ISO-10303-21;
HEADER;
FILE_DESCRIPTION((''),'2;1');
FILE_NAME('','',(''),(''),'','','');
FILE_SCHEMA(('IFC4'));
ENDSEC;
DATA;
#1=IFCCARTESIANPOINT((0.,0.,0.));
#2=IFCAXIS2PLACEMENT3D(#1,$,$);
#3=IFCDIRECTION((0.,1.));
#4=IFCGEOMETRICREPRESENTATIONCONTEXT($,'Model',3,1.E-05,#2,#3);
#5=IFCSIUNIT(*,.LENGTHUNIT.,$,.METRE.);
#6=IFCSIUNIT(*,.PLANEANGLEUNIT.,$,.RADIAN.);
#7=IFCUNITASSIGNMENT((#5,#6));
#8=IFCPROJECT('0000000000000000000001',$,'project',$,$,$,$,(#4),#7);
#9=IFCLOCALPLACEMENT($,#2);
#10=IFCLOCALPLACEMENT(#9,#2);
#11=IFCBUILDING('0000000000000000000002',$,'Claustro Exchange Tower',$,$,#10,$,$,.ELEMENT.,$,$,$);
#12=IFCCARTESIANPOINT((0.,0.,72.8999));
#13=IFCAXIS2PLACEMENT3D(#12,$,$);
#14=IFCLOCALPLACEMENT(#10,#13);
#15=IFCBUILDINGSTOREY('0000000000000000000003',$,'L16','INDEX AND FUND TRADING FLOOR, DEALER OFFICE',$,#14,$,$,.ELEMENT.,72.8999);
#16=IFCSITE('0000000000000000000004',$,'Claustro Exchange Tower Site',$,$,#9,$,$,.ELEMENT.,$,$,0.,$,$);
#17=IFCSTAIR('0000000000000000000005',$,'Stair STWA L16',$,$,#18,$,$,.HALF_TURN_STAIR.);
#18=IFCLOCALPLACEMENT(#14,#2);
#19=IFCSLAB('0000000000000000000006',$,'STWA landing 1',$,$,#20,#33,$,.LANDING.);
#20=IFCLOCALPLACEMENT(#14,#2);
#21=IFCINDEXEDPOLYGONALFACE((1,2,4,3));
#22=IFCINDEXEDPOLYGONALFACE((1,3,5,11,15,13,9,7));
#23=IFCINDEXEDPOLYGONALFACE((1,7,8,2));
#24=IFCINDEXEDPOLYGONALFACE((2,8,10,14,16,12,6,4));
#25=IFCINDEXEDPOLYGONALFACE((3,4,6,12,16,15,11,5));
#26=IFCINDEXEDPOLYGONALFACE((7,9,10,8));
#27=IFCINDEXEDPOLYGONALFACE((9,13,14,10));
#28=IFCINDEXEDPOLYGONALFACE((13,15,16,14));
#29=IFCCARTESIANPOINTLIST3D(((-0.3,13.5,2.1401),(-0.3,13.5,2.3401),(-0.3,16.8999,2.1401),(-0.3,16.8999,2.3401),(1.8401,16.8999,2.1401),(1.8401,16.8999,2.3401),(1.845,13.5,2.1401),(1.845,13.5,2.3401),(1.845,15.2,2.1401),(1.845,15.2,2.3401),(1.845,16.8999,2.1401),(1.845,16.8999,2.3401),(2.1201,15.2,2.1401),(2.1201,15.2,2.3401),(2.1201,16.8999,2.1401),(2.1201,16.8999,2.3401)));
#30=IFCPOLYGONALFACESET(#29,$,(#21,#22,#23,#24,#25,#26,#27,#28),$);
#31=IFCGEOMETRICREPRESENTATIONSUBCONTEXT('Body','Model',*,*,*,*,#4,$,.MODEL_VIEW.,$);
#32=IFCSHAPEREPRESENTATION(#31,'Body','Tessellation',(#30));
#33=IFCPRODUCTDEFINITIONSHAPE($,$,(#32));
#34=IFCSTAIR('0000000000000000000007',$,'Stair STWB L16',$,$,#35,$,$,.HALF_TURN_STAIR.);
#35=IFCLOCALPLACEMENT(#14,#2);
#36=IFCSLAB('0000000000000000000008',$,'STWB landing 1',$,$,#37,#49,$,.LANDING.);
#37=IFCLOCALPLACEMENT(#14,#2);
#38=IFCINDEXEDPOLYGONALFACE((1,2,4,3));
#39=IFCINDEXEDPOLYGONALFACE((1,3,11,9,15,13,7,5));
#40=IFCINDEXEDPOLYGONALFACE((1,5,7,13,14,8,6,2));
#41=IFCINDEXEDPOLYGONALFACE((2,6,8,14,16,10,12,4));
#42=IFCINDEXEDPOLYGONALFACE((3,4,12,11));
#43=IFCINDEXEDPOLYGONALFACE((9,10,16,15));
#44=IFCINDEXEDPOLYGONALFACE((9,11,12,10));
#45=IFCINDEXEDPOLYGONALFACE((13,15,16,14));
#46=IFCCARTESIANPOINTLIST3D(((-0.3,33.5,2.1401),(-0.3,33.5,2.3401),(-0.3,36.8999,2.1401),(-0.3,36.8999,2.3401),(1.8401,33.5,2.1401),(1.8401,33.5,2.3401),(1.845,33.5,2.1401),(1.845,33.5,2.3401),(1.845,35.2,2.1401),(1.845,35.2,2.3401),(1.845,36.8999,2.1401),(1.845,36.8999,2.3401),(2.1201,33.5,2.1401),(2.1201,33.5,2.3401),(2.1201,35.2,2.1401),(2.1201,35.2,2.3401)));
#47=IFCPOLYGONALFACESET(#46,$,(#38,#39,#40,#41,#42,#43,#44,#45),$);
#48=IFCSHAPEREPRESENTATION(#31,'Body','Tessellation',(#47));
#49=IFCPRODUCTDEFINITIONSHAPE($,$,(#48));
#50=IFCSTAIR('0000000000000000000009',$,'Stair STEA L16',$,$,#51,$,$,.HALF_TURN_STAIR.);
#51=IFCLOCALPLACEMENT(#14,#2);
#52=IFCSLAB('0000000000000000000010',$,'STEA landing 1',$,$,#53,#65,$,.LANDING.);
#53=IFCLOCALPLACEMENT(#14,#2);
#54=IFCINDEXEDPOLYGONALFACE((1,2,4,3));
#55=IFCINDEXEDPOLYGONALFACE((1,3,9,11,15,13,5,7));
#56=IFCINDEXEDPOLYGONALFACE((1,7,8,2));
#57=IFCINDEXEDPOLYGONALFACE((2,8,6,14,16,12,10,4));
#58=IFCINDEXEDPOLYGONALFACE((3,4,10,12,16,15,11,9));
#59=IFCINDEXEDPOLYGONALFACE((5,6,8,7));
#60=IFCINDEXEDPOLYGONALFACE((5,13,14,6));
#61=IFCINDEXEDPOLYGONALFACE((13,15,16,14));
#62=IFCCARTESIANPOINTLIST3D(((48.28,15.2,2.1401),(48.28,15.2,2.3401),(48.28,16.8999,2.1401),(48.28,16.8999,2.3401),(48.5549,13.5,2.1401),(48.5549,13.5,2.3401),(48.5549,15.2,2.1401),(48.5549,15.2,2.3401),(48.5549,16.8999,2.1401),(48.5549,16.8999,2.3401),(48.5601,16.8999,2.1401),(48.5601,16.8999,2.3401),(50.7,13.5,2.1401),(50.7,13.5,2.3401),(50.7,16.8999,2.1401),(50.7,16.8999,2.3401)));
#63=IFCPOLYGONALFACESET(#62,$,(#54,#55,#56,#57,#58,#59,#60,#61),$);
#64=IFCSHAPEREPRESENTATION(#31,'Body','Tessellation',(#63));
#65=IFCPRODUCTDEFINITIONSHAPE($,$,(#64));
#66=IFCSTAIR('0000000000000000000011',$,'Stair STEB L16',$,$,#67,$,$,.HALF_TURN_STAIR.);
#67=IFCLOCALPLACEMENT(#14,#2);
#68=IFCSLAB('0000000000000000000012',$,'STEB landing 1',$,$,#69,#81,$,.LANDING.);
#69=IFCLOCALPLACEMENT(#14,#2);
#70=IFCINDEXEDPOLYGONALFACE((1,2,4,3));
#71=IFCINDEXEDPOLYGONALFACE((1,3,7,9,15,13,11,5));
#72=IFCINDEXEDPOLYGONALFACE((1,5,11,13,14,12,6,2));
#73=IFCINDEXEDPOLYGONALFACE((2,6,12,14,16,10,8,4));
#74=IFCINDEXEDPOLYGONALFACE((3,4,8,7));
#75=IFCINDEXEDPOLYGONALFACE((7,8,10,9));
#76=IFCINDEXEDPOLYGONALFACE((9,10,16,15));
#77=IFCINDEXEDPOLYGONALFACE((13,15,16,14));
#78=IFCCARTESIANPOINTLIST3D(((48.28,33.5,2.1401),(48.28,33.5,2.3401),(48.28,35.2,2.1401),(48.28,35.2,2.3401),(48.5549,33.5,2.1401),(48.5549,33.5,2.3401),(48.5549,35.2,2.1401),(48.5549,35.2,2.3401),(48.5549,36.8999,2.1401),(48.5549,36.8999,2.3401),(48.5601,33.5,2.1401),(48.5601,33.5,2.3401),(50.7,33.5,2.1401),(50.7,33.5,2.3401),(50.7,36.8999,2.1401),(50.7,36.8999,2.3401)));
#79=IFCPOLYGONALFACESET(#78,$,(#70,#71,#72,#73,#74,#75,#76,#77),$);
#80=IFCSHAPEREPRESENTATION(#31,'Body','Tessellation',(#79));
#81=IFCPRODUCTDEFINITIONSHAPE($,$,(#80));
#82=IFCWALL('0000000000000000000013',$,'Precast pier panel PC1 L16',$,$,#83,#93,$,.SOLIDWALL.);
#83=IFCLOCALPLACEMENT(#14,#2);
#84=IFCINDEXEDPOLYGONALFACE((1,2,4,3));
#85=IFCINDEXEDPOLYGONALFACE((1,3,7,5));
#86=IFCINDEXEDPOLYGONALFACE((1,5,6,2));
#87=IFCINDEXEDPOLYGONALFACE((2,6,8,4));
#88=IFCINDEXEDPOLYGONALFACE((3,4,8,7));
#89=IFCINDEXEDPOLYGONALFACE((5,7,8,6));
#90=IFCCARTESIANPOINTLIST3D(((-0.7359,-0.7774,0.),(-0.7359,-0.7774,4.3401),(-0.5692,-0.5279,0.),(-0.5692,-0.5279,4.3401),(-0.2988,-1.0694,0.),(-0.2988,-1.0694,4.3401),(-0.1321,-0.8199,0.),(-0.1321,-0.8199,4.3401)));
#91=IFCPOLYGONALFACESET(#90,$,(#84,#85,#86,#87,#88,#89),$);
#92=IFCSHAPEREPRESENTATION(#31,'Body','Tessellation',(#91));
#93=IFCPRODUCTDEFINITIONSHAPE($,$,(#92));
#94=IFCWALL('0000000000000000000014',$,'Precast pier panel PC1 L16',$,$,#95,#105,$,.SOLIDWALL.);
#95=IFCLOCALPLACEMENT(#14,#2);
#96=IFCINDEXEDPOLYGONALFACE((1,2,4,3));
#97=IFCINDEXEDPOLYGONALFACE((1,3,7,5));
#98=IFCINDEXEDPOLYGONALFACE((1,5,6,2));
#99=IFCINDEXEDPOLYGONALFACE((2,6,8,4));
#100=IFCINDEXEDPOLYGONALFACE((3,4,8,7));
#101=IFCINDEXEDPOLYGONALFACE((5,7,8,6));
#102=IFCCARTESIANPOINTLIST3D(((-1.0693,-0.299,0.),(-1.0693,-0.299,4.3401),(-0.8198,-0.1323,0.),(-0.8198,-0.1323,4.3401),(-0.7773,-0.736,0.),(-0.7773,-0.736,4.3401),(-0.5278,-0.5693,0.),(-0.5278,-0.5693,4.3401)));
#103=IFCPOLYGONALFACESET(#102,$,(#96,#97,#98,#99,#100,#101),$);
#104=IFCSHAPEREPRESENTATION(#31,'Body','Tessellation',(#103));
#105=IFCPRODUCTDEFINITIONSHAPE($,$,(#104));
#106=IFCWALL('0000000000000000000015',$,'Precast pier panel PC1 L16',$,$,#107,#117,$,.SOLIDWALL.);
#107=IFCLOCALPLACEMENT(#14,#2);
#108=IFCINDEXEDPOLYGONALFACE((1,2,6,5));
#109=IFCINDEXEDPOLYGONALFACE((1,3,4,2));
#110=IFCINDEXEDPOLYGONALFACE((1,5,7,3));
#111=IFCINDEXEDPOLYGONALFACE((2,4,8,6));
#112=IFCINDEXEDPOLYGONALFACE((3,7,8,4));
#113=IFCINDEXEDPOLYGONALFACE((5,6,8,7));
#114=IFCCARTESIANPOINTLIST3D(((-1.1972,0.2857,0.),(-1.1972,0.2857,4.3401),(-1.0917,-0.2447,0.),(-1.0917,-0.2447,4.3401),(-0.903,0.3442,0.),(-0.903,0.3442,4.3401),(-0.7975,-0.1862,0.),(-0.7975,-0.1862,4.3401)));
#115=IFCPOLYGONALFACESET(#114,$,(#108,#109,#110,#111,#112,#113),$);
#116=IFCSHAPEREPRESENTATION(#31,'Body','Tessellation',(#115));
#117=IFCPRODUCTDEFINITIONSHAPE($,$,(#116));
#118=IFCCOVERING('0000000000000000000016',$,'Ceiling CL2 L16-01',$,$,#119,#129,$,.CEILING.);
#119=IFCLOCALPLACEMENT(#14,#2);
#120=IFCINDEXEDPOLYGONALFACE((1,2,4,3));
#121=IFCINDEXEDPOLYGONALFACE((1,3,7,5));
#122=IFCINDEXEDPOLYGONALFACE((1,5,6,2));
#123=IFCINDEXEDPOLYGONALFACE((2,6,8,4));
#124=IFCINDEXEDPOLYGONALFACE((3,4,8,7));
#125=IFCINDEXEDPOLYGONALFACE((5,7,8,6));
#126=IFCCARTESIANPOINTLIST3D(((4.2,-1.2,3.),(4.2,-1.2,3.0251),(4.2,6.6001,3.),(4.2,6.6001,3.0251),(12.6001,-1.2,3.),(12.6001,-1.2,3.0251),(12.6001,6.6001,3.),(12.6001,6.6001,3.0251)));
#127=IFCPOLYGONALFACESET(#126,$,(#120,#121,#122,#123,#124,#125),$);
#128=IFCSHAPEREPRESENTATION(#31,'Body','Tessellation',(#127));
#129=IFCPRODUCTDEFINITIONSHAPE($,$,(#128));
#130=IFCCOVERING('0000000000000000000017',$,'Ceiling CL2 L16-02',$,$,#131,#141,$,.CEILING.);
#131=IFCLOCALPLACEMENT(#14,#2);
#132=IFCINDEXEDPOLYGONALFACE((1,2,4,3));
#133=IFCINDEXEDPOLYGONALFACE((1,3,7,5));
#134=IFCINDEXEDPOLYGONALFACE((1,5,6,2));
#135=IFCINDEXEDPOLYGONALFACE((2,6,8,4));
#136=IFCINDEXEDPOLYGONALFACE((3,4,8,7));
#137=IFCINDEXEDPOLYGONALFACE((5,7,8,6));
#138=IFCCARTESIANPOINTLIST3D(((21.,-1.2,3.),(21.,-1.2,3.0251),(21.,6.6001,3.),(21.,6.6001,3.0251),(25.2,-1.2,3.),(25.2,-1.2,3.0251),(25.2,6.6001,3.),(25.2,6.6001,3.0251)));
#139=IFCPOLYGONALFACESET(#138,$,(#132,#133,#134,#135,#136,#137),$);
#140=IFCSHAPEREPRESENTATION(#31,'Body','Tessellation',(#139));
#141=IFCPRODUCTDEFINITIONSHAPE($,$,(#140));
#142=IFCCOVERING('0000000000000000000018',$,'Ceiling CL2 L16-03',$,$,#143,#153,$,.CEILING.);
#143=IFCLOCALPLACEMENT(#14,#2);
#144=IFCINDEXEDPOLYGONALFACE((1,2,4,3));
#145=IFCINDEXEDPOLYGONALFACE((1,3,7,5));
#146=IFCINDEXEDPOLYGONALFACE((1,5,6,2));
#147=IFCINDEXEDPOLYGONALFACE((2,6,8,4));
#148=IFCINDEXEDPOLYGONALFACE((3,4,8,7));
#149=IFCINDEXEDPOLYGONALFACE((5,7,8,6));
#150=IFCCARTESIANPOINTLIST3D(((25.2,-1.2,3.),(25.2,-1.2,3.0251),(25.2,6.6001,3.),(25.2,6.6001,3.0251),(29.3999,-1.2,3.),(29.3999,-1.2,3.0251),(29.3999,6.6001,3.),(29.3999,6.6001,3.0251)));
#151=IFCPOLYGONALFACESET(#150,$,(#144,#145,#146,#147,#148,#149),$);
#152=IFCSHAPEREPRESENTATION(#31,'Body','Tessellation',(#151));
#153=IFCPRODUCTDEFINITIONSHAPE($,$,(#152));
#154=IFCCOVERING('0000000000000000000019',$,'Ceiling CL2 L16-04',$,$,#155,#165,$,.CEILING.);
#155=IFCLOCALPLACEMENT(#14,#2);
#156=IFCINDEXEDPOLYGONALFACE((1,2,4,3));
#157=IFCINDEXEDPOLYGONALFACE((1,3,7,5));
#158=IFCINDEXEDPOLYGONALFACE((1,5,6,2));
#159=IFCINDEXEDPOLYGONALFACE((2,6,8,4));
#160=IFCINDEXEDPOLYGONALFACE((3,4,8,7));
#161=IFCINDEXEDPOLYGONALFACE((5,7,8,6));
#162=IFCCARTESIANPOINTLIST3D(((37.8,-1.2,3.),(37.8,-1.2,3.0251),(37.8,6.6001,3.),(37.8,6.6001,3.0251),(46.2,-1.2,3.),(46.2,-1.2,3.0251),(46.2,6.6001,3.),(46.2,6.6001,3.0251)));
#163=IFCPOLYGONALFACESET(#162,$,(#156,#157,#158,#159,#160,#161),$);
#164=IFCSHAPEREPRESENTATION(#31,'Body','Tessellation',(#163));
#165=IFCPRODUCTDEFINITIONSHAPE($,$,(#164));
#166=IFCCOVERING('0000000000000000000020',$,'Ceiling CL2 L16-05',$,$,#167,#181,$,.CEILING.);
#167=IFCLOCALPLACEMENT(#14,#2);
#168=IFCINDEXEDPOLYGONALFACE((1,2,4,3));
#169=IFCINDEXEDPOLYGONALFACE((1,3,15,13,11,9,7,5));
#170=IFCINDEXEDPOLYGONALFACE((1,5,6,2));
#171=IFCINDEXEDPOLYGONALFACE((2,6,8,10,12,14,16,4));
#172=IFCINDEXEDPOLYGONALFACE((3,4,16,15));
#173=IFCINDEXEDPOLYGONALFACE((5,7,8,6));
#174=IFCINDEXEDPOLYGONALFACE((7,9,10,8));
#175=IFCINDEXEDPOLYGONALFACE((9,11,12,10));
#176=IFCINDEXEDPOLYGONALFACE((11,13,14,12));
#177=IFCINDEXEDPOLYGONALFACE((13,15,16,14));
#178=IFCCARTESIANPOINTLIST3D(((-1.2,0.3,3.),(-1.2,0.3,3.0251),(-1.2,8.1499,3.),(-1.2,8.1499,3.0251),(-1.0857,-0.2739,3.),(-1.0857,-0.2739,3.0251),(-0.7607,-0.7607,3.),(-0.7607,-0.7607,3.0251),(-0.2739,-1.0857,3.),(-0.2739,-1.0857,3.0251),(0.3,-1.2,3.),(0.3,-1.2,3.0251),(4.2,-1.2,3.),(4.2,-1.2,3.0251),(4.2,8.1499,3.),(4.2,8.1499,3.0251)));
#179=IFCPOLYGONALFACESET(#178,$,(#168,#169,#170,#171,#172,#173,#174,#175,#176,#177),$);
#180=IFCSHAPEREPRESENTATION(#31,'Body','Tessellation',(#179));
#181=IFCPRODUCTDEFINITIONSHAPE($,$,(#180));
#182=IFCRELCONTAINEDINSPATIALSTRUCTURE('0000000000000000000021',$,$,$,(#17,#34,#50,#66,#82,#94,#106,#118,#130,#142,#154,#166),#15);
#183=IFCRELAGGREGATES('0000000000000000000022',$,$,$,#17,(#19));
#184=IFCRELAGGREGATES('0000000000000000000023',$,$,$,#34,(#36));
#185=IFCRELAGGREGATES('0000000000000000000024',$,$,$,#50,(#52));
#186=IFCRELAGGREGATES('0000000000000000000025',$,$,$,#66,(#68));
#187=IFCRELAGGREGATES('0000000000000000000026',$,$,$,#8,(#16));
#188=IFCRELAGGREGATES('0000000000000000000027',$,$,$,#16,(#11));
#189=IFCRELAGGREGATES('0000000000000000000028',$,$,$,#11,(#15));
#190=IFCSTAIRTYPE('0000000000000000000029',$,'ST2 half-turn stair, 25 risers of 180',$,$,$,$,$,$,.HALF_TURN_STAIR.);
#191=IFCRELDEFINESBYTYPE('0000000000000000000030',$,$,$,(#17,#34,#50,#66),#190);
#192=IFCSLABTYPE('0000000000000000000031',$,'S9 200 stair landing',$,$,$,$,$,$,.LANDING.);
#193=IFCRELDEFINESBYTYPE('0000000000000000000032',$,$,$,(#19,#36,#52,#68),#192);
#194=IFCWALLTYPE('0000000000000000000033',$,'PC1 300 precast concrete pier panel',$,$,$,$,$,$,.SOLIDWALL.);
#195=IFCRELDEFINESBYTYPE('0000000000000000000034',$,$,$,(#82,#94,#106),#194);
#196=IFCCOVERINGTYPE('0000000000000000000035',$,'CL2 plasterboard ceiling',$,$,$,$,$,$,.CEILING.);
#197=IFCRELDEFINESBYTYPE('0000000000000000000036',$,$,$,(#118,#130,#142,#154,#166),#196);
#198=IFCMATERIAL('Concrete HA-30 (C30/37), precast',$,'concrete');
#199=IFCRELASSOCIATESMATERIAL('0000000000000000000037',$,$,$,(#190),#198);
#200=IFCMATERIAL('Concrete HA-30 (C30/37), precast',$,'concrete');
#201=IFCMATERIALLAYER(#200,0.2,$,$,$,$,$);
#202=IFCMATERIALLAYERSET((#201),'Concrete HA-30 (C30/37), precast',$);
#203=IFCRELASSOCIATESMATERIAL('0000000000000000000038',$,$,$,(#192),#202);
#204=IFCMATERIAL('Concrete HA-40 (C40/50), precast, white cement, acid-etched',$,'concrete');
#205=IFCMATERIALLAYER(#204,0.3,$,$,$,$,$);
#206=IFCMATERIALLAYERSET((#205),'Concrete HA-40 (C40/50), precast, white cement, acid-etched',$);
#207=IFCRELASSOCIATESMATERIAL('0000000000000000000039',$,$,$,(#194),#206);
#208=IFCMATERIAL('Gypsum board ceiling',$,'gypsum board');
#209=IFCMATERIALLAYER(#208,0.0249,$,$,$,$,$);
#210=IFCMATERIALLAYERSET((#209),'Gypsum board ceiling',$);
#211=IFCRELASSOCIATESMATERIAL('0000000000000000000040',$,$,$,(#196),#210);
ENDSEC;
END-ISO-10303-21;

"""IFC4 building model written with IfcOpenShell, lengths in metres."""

from ifc_helpers import new_model, si_unit, direction, frame, frame_2d, origin, place, context, subcontext, project, spatial, polyline, rectangle, outline, extrude, material, layer, layer_set, type_object, element, aggregate, save


model = new_model("IFC4")

# Units and contexts
model_context = context("Model", 3, precision=1e-05, world=origin(), true_north=direction((0.0, 1.0)))
body_context = subcontext(model_context, "Body", "Model", "MODEL_VIEW")
ifc_project = project(units=[si_unit("LENGTHUNIT", "METRE"), si_unit("PLANEANGLEUNIT", "RADIAN")], contexts=[model_context])

# Site, building, storey
site_placement = place(None, origin())
site = spatial("IfcSite", under=ifc_project, at=site_placement, Name="Claustro Exchange Tower Site", CompositionType="ELEMENT", RefElevation=0.0)
building_placement = place(site_placement, origin())
building = spatial("IfcBuilding", under=site, at=building_placement, Name="Claustro Exchange Tower", CompositionType="ELEMENT")
storey_placement = place(building_placement, frame((0.0, 0.0, 72.8999)))
storey = spatial("IfcBuildingStorey", under=building, at=storey_placement, Name="L16", Description="INDEX AND FUND TRADING FLOOR, DEALER OFFICE", CompositionType="ELEMENT", Elevation=72.8999)

# Stairs, slabs
ifc_material_1 = material(Name="Concrete HA-30 (C30/37), precast", Category="concrete")
stair_type = type_object("IfcStairType", Name="ST2 half-turn stair, 25 risers of 180", PredefinedType="HALF_TURN_STAIR", material=ifc_material_1)
stair_1_placement = place(storey_placement, origin())
stair_1 = element("IfcStair", 1, at=stair_1_placement, inside=storey, type_object=stair_type, Name="Stair STWA L16", PredefinedType="HALF_TURN_STAIR")
ifc_material_2 = material(Name="Concrete HA-30 (C30/37), precast", Category="concrete")
ifc_layer_1 = layer(ifc_material_2, 0.2)
ifc_layer_set_1 = layer_set([ifc_layer_1], Name="Concrete HA-30 (C30/37), precast")
slab_type_1 = type_object("IfcSlabType", Name="S9 200 stair landing", PredefinedType="LANDING", material=ifc_layer_set_1)
slab_1_placement = place(storey_placement, frame((0.0, 0.0, 2.1401)))
slab_1 = element("IfcSlab", 2, at=slab_1_placement, type_object=slab_type_1, Name="STWA landing 1", PredefinedType="LANDING", context=body_context, shape_type="SweptSolid", body=[
    extrude(outline(polyline([(1.845, 13.5), (-0.3, 13.5), (-0.3, 16.8999), (1.8401, 16.8999), (1.845, 16.8999), (2.1201, 16.8999), (2.1201, 15.2), (1.845, 15.2), (1.845, 13.5)])), origin(), (0.0, 0.0, 1.0), 0.2),
])
aggregate(stair_1, [slab_1])
stair_2_placement = place(storey_placement, origin())
stair_2 = element("IfcStair", 3, at=stair_2_placement, inside=storey, type_object=stair_type, Name="Stair STWB L16", PredefinedType="HALF_TURN_STAIR")
slab_2_placement = place(storey_placement, frame((0.0, 0.0, 2.1401)))
slab_2 = element("IfcSlab", 4, at=slab_2_placement, type_object=slab_type_1, Name="STWB landing 1", PredefinedType="LANDING", context=body_context, shape_type="SweptSolid", body=[
    extrude(outline(polyline([(2.1201, 35.2), (2.1201, 33.5), (1.845, 33.5), (1.8401, 33.5), (-0.3, 33.5), (-0.3, 36.8999), (1.845, 36.8999), (1.845, 35.2), (2.1201, 35.2)])), origin(), (0.0, 0.0, 1.0), 0.2),
])
aggregate(stair_2, [slab_2])
stair_3_placement = place(storey_placement, origin())
stair_3 = element("IfcStair", 5, at=stair_3_placement, inside=storey, type_object=stair_type, Name="Stair STEA L16", PredefinedType="HALF_TURN_STAIR")
slab_3_placement = place(storey_placement, frame((0.0, 0.0, 2.1401)))
slab_3 = element("IfcSlab", 6, at=slab_3_placement, type_object=slab_type_1, Name="STEA landing 1", PredefinedType="LANDING", context=body_context, shape_type="SweptSolid", body=[
    extrude(outline(polyline([(50.7, 16.8999), (50.7, 13.5), (48.5549, 13.5), (48.5549, 15.2), (48.28, 15.2), (48.28, 16.8999), (48.5549, 16.8999), (48.5601, 16.8999), (50.7, 16.8999)])), origin(), (0.0, 0.0, 1.0), 0.2),
])
aggregate(stair_3, [slab_3])
stair_4_placement = place(storey_placement, origin())
stair_4 = element("IfcStair", 7, at=stair_4_placement, inside=storey, type_object=stair_type, Name="Stair STEB L16", PredefinedType="HALF_TURN_STAIR")
slab_4_placement = place(storey_placement, frame((0.0, 0.0, 2.1401)))
slab_4 = element("IfcSlab", 8, at=slab_4_placement, type_object=slab_type_1, Name="STEB landing 1", PredefinedType="LANDING", context=body_context, shape_type="SweptSolid", body=[
    extrude(outline(polyline([(48.28, 33.5), (48.28, 35.2), (48.5549, 35.2), (48.5549, 36.8999), (50.7, 36.8999), (50.7, 33.5), (48.5601, 33.5), (48.5549, 33.5), (48.28, 33.5)])), origin(), (0.0, 0.0, 1.0), 0.2),
])
aggregate(stair_4, [slab_4])

# Walls
ifc_material_3 = material(Name="Concrete HA-40 (C40/50), precast, white cement, acid-etched", Category="concrete")
ifc_layer_2 = layer(ifc_material_3, 0.3)
ifc_layer_set_2 = layer_set([ifc_layer_2], Name="Concrete HA-40 (C40/50), precast, white cement, acid-etched")
wall_type = type_object("IfcWallType", Name="PC1 300 precast concrete pier panel", PredefinedType="SOLIDWALL", material=ifc_layer_set_2)
for number, where, z_axis, x_axis, name in (
    (9, (-0.2156, -0.9446, 0.0), (0.0, 0.0, 1.0), (-0.831478, 0.555557, 0.0), "Precast pier panel PC1 L16"),
    (10, (-0.6526, -0.6526, 0.0), (0.0, 0.0, 1.0), (-0.555557, 0.831478, 0.0), "Precast pier panel PC1 L16"),
):
    element("IfcWall", number, at=place(storey_placement, frame(where, z_axis=z_axis, x_axis=x_axis)), inside=storey, type_object=wall_type, Name=name, PredefinedType="SOLIDWALL", context=body_context, shape_type="SweptSolid", body=[
        extrude(rectangle(XDim=0.5256, YDim=0.3, at=frame_2d((0.2627, 0.0))), origin(), (0.0, 0.0, 1.0), 4.3401),
    ])
wall_placement = place(storey_placement, frame((-0.9446, -0.2156, 0.0), z_axis=(0.0, 0.0, 1.0), x_axis=(-0.195074, 0.980789, 0.0)))
element("IfcWall", 11, at=wall_placement, inside=storey, type_object=wall_type, Name="Precast pier panel PC1 L16", PredefinedType="SOLIDWALL", context=body_context, shape_type="SweptSolid", body=[
    extrude(rectangle(XDim=0.5408, YDim=0.3, at=frame_2d((0.2705, 0.0))), origin(), (0.0, 0.0, 1.0), 4.3401),
])

# Coverings
ifc_material_4 = material(Name="Gypsum board ceiling", Category="gypsum board")
ifc_layer_3 = layer(ifc_material_4, 0.0249)
ifc_layer_set_3 = layer_set([ifc_layer_3], Name="Gypsum board ceiling")
covering_type = type_object("IfcCoveringType", Name="CL2 plasterboard ceiling", PredefinedType="CEILING", material=ifc_layer_set_3)
covering_1_placement = place(storey_placement, frame((0.0, 0.0, 3.0)))
element("IfcCovering", 12, at=covering_1_placement, inside=storey, type_object=covering_type, Name="Ceiling CL2 L16-01", PredefinedType="CEILING", context=body_context, shape_type="SweptSolid", body=[
    extrude(outline(polyline([(4.2, -1.2), (12.6001, -1.2), (12.6001, 6.6001), (4.2, 6.6001), (4.2, -1.2)])), origin(), (0.0, 0.0, 1.0), 0.0251),
])
covering_2_placement = place(storey_placement, frame((0.0, 0.0, 3.0)))
element("IfcCovering", 13, at=covering_2_placement, inside=storey, type_object=covering_type, Name="Ceiling CL2 L16-02", PredefinedType="CEILING", context=body_context, shape_type="SweptSolid", body=[
    extrude(outline(polyline([(21.0, -1.2), (25.2, -1.2), (25.2, 6.6001), (21.0, 6.6001), (21.0, -1.2)])), origin(), (0.0, 0.0, 1.0), 0.0251),
])
covering_3_placement = place(storey_placement, frame((0.0, 0.0, 3.0)))
element("IfcCovering", 14, at=covering_3_placement, inside=storey, type_object=covering_type, Name="Ceiling CL2 L16-03", PredefinedType="CEILING", context=body_context, shape_type="SweptSolid", body=[
    extrude(outline(polyline([(25.2, -1.2), (29.3999, -1.2), (29.3999, 6.6001), (25.2, 6.6001), (25.2, -1.2)])), origin(), (0.0, 0.0, 1.0), 0.0251),
])
covering_4_placement = place(storey_placement, frame((0.0, 0.0, 3.0)))
element("IfcCovering", 15, at=covering_4_placement, inside=storey, type_object=covering_type, Name="Ceiling CL2 L16-04", PredefinedType="CEILING", context=body_context, shape_type="SweptSolid", body=[
    extrude(outline(polyline([(37.8, -1.2), (46.2, -1.2), (46.2, 6.6001), (37.8, 6.6001), (37.8, -1.2)])), origin(), (0.0, 0.0, 1.0), 0.0251),
])
covering_5_placement = place(storey_placement, frame((0.0, 0.0, 3.0)))
element("IfcCovering", 16, at=covering_5_placement, inside=storey, type_object=covering_type, Name="Ceiling CL2 L16-05", PredefinedType="CEILING", context=body_context, shape_type="SweptSolid", body=[
    extrude(outline(polyline([(-1.0857, -0.2739), (-0.7607, -0.7607), (-0.2739, -1.0857), (0.3, -1.2), (4.2, -1.2), (4.2, 8.1499), (-1.2, 8.1499), (-1.2, 0.3), (-1.0857, -0.2739)])), origin(), (0.0, 0.0, 1.0), 0.0251),
])

save(model, "model.ifc")
